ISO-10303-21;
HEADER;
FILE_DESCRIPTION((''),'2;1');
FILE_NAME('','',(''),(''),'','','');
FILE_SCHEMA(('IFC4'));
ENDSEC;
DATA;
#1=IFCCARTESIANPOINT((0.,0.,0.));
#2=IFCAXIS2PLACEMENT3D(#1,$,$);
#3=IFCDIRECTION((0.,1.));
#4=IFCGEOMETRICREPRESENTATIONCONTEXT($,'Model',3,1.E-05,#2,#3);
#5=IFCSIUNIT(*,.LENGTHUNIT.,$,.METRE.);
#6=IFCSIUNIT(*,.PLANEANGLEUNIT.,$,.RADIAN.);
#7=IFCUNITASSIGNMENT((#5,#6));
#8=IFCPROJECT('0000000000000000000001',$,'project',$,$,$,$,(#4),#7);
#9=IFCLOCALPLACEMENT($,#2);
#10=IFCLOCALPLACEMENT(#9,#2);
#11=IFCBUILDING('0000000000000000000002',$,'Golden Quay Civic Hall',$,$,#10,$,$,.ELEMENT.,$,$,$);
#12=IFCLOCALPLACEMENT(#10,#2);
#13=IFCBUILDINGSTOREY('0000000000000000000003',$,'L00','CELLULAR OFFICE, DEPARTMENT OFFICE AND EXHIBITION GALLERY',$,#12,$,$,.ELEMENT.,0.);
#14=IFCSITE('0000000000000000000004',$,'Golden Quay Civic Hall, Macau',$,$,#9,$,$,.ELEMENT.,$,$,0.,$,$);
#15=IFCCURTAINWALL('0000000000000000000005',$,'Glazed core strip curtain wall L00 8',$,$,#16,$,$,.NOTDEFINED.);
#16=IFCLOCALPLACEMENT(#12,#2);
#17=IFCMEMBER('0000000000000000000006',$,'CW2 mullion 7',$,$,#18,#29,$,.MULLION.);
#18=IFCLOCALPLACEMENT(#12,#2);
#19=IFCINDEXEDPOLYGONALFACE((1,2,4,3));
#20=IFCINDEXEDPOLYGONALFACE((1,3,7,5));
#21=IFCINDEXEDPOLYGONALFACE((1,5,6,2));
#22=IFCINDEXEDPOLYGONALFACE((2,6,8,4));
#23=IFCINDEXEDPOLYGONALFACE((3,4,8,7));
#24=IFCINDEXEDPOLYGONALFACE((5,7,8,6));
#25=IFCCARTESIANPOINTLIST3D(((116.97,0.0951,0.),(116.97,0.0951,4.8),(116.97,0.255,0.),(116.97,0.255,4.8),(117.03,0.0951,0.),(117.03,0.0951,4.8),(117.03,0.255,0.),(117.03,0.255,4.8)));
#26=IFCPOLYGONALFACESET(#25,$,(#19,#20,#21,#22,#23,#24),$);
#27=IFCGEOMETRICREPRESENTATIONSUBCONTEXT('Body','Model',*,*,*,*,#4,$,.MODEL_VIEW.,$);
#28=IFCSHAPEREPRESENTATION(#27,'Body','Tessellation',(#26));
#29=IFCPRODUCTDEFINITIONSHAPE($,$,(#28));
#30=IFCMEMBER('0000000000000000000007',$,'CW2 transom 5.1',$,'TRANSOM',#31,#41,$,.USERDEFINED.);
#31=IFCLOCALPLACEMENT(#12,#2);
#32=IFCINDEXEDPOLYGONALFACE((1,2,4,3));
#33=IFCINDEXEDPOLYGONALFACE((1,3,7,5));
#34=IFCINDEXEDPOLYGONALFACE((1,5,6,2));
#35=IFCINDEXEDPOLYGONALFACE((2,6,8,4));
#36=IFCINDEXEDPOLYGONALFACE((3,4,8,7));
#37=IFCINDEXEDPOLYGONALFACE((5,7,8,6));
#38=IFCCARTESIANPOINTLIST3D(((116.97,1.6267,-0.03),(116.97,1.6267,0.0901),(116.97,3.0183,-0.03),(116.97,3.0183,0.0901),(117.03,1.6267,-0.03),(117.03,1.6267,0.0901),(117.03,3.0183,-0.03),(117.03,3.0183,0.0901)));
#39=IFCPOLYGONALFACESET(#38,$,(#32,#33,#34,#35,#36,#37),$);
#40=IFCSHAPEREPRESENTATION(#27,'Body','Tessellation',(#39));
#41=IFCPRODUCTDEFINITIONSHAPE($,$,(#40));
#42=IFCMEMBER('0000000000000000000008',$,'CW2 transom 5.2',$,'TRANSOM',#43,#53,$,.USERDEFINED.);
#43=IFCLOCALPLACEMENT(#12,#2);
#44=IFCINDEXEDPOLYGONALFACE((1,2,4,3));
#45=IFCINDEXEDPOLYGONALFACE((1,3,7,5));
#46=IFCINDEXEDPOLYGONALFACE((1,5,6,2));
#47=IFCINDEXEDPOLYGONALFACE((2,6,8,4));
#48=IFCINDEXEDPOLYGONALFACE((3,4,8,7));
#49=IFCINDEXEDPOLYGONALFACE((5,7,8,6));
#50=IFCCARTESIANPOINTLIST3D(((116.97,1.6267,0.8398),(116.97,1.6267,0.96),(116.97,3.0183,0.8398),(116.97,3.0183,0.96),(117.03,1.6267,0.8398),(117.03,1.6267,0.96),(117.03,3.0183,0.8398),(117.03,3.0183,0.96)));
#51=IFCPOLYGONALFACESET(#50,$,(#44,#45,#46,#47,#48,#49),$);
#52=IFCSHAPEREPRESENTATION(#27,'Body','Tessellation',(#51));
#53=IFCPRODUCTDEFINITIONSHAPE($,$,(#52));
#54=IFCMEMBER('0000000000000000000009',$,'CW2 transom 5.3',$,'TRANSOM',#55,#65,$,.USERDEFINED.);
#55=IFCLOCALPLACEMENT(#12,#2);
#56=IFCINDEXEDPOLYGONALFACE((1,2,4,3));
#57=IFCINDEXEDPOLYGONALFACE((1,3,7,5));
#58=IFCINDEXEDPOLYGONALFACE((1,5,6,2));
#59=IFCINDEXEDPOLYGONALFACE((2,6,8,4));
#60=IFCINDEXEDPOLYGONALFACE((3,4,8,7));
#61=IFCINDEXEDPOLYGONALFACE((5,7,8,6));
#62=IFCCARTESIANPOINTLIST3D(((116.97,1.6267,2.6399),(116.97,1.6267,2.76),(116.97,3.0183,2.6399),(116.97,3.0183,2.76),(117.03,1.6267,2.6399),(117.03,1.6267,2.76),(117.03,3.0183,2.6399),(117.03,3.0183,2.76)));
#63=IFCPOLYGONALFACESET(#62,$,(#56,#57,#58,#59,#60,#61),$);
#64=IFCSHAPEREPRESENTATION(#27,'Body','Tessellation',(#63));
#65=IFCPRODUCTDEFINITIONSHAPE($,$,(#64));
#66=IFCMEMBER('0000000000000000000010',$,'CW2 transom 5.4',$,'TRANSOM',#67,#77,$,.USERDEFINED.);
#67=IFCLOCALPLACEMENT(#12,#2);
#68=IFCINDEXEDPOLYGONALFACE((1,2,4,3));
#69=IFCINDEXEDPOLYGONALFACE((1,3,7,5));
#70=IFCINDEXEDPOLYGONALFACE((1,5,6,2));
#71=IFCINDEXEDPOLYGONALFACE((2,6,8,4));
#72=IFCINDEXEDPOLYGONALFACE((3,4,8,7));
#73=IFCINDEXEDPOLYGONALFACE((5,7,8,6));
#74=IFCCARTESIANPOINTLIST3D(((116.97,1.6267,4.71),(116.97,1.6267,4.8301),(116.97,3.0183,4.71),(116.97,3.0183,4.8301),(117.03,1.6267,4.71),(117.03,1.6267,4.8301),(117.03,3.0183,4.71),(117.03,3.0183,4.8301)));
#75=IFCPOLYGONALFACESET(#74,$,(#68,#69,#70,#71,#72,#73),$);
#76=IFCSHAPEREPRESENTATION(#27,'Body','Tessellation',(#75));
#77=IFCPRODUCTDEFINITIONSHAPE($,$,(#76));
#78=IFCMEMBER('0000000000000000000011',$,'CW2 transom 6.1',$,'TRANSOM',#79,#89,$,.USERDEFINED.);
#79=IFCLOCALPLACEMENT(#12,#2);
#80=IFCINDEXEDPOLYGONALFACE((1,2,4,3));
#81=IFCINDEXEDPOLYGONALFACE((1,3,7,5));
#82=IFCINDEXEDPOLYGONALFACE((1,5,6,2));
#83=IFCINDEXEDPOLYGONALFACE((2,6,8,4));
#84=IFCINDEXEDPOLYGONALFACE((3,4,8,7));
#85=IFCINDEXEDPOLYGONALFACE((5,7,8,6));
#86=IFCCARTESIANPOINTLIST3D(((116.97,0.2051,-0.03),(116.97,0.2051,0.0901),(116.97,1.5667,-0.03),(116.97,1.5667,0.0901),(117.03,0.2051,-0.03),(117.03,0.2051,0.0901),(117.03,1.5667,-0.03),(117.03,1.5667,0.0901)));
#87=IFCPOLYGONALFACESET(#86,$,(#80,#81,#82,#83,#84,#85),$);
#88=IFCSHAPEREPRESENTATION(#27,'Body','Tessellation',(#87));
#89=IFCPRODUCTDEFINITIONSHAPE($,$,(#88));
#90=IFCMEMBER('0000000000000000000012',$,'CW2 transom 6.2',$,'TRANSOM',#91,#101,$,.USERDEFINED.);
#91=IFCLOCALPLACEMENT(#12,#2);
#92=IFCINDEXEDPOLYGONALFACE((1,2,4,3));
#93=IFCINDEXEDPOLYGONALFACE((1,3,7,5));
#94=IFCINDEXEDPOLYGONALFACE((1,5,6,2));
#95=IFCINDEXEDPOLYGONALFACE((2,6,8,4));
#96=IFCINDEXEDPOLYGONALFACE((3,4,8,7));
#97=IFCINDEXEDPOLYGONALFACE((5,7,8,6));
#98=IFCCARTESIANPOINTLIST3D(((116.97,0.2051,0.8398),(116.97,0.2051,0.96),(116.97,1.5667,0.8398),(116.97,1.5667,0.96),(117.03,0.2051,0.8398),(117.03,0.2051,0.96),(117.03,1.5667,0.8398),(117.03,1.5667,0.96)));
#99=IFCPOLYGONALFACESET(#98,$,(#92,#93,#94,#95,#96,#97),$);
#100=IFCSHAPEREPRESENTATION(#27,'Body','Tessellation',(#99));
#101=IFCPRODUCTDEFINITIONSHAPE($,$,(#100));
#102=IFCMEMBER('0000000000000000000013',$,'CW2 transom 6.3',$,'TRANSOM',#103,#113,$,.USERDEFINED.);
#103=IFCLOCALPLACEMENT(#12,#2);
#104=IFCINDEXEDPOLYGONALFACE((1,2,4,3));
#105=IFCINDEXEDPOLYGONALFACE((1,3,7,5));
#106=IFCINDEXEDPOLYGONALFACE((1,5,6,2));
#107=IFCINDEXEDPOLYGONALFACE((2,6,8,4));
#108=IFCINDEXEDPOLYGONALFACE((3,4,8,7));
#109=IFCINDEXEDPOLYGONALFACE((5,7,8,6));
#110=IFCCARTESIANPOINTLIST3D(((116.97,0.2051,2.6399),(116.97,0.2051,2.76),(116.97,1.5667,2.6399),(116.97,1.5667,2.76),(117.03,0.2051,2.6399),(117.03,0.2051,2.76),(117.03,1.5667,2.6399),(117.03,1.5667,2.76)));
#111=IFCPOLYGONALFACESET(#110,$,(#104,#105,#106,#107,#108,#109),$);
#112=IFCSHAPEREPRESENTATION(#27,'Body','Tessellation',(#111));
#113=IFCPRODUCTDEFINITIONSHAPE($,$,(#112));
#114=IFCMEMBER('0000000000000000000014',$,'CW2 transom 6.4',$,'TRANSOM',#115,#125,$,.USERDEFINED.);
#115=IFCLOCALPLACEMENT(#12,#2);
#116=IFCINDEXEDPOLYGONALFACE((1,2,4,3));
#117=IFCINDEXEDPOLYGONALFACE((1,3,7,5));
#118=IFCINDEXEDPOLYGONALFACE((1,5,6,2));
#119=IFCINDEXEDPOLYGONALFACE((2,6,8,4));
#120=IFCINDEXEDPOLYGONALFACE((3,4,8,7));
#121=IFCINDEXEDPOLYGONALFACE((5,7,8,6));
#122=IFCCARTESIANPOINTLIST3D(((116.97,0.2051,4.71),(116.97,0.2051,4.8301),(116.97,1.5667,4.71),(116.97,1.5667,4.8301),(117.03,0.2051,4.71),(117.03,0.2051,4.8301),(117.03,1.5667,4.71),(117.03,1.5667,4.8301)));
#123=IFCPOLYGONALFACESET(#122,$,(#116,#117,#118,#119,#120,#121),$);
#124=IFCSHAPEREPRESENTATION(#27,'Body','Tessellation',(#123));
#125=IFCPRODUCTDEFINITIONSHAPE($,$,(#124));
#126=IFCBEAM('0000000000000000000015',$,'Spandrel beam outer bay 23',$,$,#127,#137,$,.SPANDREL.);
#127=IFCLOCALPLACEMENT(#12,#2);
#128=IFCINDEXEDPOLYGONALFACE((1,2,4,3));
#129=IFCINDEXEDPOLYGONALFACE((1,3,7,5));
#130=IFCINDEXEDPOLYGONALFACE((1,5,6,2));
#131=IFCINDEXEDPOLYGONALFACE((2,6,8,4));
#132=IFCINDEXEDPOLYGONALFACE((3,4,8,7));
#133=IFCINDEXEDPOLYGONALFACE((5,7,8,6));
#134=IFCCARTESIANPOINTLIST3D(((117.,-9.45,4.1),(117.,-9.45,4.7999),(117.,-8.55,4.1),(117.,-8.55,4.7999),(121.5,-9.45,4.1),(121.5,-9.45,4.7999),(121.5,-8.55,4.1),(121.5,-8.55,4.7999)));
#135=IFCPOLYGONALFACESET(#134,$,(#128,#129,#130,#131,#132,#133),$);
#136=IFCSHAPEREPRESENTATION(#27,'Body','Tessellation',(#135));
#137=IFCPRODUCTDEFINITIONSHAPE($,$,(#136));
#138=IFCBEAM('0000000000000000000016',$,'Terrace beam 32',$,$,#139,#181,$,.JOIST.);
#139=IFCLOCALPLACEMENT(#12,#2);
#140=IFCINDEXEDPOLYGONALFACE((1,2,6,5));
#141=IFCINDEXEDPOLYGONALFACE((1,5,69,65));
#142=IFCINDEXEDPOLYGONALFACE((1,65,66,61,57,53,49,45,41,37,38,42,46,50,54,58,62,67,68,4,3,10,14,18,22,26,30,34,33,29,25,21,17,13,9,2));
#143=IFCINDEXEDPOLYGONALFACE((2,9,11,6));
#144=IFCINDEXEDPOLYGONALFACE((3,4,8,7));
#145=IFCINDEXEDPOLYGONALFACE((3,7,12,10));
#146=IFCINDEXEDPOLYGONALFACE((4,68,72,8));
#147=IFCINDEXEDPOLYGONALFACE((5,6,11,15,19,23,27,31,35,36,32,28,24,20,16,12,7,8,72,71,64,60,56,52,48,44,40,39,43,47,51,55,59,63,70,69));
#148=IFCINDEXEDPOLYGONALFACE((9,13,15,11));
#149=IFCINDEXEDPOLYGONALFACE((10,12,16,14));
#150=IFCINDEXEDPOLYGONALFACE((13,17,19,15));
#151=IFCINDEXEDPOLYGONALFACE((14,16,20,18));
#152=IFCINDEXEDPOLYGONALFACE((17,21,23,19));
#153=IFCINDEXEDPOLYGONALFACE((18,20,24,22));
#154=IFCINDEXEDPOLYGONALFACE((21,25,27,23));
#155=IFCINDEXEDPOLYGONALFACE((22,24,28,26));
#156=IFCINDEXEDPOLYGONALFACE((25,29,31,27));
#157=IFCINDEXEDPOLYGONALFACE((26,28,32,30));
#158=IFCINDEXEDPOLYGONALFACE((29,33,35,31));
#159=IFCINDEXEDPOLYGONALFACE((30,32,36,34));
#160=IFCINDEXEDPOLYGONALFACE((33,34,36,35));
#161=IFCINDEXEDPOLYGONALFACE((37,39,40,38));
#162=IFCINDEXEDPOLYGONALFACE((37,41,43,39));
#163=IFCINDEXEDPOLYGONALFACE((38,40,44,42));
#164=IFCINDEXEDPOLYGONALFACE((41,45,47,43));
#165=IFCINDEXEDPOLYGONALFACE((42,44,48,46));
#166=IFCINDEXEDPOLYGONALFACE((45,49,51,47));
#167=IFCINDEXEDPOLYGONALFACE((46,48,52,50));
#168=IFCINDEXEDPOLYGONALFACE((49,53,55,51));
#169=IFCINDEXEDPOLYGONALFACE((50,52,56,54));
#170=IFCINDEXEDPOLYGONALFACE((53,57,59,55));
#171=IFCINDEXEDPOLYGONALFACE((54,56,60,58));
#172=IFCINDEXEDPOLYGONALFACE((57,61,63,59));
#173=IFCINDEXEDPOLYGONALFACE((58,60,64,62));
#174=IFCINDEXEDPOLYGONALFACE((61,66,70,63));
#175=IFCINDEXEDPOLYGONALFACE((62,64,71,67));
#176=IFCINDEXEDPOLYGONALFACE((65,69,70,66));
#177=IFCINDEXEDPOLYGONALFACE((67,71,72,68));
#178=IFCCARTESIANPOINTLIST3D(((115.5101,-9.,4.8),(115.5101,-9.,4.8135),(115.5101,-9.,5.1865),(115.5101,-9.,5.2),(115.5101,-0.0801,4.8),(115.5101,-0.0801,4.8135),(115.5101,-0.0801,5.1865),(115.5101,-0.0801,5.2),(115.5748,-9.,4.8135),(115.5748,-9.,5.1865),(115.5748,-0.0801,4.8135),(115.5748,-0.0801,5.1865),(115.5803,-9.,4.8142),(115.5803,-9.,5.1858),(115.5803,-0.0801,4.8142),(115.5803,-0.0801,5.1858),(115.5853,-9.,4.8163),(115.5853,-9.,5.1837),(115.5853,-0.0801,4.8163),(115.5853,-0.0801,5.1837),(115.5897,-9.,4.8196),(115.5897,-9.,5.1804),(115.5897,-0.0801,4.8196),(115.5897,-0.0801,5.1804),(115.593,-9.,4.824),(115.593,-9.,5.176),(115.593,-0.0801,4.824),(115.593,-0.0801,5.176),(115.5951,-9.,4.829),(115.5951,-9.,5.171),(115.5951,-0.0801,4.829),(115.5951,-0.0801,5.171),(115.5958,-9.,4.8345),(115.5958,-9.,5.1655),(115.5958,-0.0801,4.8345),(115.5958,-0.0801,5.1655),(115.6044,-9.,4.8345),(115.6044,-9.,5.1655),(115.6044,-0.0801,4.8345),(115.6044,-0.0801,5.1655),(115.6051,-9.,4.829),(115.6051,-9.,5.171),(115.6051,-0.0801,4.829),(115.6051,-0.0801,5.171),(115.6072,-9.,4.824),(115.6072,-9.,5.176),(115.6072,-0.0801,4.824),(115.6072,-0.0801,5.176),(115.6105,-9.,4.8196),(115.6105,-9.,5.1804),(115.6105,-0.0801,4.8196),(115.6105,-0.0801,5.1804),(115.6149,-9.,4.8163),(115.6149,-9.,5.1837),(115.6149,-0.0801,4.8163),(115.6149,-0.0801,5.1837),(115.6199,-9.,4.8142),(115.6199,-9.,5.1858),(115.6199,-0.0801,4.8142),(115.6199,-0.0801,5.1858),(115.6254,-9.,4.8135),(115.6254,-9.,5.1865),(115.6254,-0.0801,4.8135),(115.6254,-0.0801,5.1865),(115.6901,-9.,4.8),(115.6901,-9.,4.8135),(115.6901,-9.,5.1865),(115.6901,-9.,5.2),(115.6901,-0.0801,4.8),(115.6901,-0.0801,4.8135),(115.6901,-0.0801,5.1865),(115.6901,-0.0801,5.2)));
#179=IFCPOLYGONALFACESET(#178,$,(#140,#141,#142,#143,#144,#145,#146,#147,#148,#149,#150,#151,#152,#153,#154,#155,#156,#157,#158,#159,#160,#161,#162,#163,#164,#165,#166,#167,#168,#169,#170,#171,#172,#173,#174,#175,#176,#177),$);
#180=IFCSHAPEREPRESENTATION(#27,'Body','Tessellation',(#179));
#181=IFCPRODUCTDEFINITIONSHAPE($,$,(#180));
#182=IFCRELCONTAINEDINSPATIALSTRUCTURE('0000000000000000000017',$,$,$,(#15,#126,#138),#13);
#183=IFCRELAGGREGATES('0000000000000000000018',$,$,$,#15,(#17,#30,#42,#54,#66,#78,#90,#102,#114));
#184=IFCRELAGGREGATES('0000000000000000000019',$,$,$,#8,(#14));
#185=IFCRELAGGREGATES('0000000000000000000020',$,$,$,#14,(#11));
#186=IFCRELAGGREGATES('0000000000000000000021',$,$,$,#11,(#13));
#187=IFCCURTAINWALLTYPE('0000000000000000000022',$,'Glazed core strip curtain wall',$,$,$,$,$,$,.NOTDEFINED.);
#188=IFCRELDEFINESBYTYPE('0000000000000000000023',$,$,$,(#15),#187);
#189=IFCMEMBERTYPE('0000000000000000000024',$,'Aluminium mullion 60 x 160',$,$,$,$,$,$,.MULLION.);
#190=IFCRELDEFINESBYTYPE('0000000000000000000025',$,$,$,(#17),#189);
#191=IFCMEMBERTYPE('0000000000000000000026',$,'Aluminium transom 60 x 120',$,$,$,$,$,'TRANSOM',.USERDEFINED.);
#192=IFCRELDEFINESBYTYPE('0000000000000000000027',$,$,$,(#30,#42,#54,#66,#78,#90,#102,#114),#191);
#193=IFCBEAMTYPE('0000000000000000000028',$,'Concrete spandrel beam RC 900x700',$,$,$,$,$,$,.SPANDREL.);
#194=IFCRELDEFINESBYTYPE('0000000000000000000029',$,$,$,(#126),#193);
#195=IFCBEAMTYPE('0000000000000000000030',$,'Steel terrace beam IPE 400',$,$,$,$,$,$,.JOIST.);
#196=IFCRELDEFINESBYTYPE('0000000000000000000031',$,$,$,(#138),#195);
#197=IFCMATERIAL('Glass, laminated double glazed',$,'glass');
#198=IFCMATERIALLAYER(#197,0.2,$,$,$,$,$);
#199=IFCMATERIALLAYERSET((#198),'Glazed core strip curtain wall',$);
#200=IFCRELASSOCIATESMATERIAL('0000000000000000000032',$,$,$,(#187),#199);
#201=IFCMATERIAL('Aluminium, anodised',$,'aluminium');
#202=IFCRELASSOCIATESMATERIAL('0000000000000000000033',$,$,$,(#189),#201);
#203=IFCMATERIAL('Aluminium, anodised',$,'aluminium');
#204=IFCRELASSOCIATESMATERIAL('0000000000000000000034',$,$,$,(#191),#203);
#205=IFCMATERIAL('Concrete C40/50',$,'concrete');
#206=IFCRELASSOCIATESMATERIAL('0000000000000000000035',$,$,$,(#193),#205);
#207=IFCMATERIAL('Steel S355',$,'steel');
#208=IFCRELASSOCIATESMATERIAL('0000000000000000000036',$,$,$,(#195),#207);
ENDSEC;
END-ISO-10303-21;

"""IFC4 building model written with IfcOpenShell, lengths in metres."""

from ifc_helpers import new_model, si_unit, direction, frame, origin, origin_2d, place, context, subcontext, project, spatial, rectangle, i_section, extrude, material, layer, layer_set, material_profile, profile_set, type_object, element, aggregate, save


model = new_model("IFC4")

# Units and contexts
model_context = context("Model", 3, precision=1e-05, world=origin(), true_north=direction((0.0, 1.0)))
body_context = subcontext(model_context, "Body", "Model", "MODEL_VIEW")
ifc_project = project(units=[si_unit("LENGTHUNIT", "METRE"), si_unit("PLANEANGLEUNIT", "RADIAN")], contexts=[model_context])

# Site, building, storey
site_placement = place(None, origin())
site = spatial("IfcSite", under=ifc_project, at=site_placement, Name="Golden Quay Civic Hall, Macau", CompositionType="ELEMENT", RefElevation=0.0)
building_placement = place(site_placement, origin())
building = spatial("IfcBuilding", under=site, at=building_placement, Name="Golden Quay Civic Hall", CompositionType="ELEMENT")
storey_placement = place(building_placement, origin())
storey = spatial("IfcBuildingStorey", under=building, at=storey_placement, Name="L00", Description="CELLULAR OFFICE, DEPARTMENT OFFICE AND EXHIBITION GALLERY", CompositionType="ELEMENT", Elevation=0.0)

# Curtain wall, members
ifc_material_1 = material(Name="Glass, laminated double glazed", Category="glass")
ifc_layer_1 = layer(ifc_material_1, 0.2)
ifc_layer_set_1 = layer_set([ifc_layer_1], Name="Glazed core strip curtain wall")
curtain_wall_type = type_object("IfcCurtainWallType", Name="Glazed core strip curtain wall", PredefinedType="NOTDEFINED", material=ifc_layer_set_1)
curtain_wall_placement = place(storey_placement, origin())
curtain_wall = element("IfcCurtainWall", 1, at=curtain_wall_placement, inside=storey, type_object=curtain_wall_type, Name="Glazed core strip curtain wall L00 8", PredefinedType="NOTDEFINED")
ifc_material_2 = material(Name="Aluminium, anodised", Category="aluminium")
ifc_material_profile_1 = material_profile(ifc_material_2, rectangle(XDim=0.0601, YDim=0.1599, at=origin_2d()), Name="Aluminium 60 x 160")
ifc_profile_set_1 = profile_set([ifc_material_profile_1], Name="Aluminium, anodised")
member_type_1 = type_object("IfcMemberType", Name="Aluminium mullion 60 x 160", PredefinedType="MULLION", material=ifc_profile_set_1)
member_1_placement = place(storey_placement, frame((117.0, 0.175, 0.0), z_axis=(0.0, 0.0, 1.0), x_axis=(1.0, 0.0, 0.0)))
member_1 = element("IfcMember", 2, at=member_1_placement, type_object=member_type_1, Name="CW2 mullion 7", PredefinedType="MULLION", context=body_context, shape_type="SweptSolid", body=[
    extrude(rectangle(XDim=0.0601, YDim=0.1599, at=origin_2d()), origin(), (0.0, 0.0, 1.0), 4.8),
])
ifc_material_3 = material(Name="Aluminium, anodised", Category="aluminium")
ifc_material_profile_2 = material_profile(ifc_material_3, rectangle(XDim=0.0601, YDim=0.1201, at=origin_2d()), Name="Aluminium 60 x 120")
ifc_profile_set_2 = profile_set([ifc_material_profile_2], Name="Aluminium, anodised")
member_type_2 = type_object("IfcMemberType", Name="Aluminium transom 60 x 120", ElementType="TRANSOM", PredefinedType="USERDEFINED", material=ifc_profile_set_2)
member_2_placement = place(storey_placement, frame((117.0, 3.0183, 0.03), z_axis=(0.0, -1.0, 0.0), x_axis=(1.0, 0.0, 0.0)))
member_2 = element("IfcMember", 3, at=member_2_placement, type_object=member_type_2, Name="CW2 transom 5.1", ObjectType="TRANSOM", PredefinedType="USERDEFINED", context=body_context, shape_type="SweptSolid", body=[
    extrude(rectangle(XDim=0.0601, YDim=0.1201, at=origin_2d()), origin(), (0.0, 0.0, 1.0), 1.3916),
])
member_3_placement = place(storey_placement, frame((117.0, 3.0183, 0.8999), z_axis=(0.0, -1.0, 0.0), x_axis=(1.0, 0.0, 0.0)))
member_3 = element("IfcMember", 4, at=member_3_placement, type_object=member_type_2, Name="CW2 transom 5.2", ObjectType="TRANSOM", PredefinedType="USERDEFINED", context=body_context, shape_type="SweptSolid", body=[
    extrude(rectangle(XDim=0.0601, YDim=0.1201, at=origin_2d()), origin(), (0.0, 0.0, 1.0), 1.3916),
])
member_4_placement = place(storey_placement, frame((117.0, 3.0183, 2.7), z_axis=(0.0, -1.0, 0.0), x_axis=(1.0, 0.0, 0.0)))
member_4 = element("IfcMember", 5, at=member_4_placement, type_object=member_type_2, Name="CW2 transom 5.3", ObjectType="TRANSOM", PredefinedType="USERDEFINED", context=body_context, shape_type="SweptSolid", body=[
    extrude(rectangle(XDim=0.0601, YDim=0.1201, at=origin_2d()), origin(), (0.0, 0.0, 1.0), 1.3916),
])
member_5_placement = place(storey_placement, frame((117.0, 3.0183, 4.77), z_axis=(0.0, -1.0, 0.0), x_axis=(1.0, 0.0, 0.0)))
member_5 = element("IfcMember", 6, at=member_5_placement, type_object=member_type_2, Name="CW2 transom 5.4", ObjectType="TRANSOM", PredefinedType="USERDEFINED", context=body_context, shape_type="SweptSolid", body=[
    extrude(rectangle(XDim=0.0601, YDim=0.1201, at=origin_2d()), origin(), (0.0, 0.0, 1.0), 1.3916),
])
member_6_placement = place(storey_placement, frame((117.0, 1.5667, 0.03), z_axis=(0.0, -1.0, 0.0), x_axis=(1.0, 0.0, 0.0)))
member_6 = element("IfcMember", 7, at=member_6_placement, type_object=member_type_2, Name="CW2 transom 6.1", ObjectType="TRANSOM", PredefinedType="USERDEFINED", context=body_context, shape_type="SweptSolid", body=[
    extrude(rectangle(XDim=0.0601, YDim=0.1201, at=origin_2d()), origin(), (0.0, 0.0, 1.0), 1.3616),
])
member_7_placement = place(storey_placement, frame((117.0, 1.5667, 0.8999), z_axis=(0.0, -1.0, 0.0), x_axis=(1.0, 0.0, 0.0)))
member_7 = element("IfcMember", 8, at=member_7_placement, type_object=member_type_2, Name="CW2 transom 6.2", ObjectType="TRANSOM", PredefinedType="USERDEFINED", context=body_context, shape_type="SweptSolid", body=[
    extrude(rectangle(XDim=0.0601, YDim=0.1201, at=origin_2d()), origin(), (0.0, 0.0, 1.0), 1.3616),
])
member_8_placement = place(storey_placement, frame((117.0, 1.5667, 2.7), z_axis=(0.0, -1.0, 0.0), x_axis=(1.0, 0.0, 0.0)))
member_8 = element("IfcMember", 9, at=member_8_placement, type_object=member_type_2, Name="CW2 transom 6.3", ObjectType="TRANSOM", PredefinedType="USERDEFINED", context=body_context, shape_type="SweptSolid", body=[
    extrude(rectangle(XDim=0.0601, YDim=0.1201, at=origin_2d()), origin(), (0.0, 0.0, 1.0), 1.3616),
])
member_9_placement = place(storey_placement, frame((117.0, 1.5667, 4.77), z_axis=(0.0, -1.0, 0.0), x_axis=(1.0, 0.0, 0.0)))
member_9 = element("IfcMember", 10, at=member_9_placement, type_object=member_type_2, Name="CW2 transom 6.4", ObjectType="TRANSOM", PredefinedType="USERDEFINED", context=body_context, shape_type="SweptSolid", body=[
    extrude(rectangle(XDim=0.0601, YDim=0.1201, at=origin_2d()), origin(), (0.0, 0.0, 1.0), 1.3616),
])

# Beams
ifc_material_4 = material(Name="Concrete C40/50", Category="concrete")
ifc_material_profile_3 = material_profile(ifc_material_4, rectangle(XDim=0.8999, YDim=0.7, at=origin_2d()), Name="RC 900x700")
ifc_profile_set_3 = profile_set([ifc_material_profile_3], Name="Concrete C40/50")
beam_type_1 = type_object("IfcBeamType", Name="Concrete spandrel beam RC 900x700", PredefinedType="SPANDREL", material=ifc_profile_set_3)
beam_1_placement = place(storey_placement, frame((117.0, -9.0, 4.45), z_axis=(1.0, 0.0, 0.0), x_axis=(0.0, 1.0, 0.0)))
element("IfcBeam", 11, at=beam_1_placement, inside=storey, type_object=beam_type_1, Name="Spandrel beam outer bay 23", PredefinedType="SPANDREL", context=body_context, shape_type="SweptSolid", body=[
    extrude(rectangle(XDim=0.8999, YDim=0.7, at=origin_2d()), origin(), (0.0, 0.0, 1.0), 4.5),
])
ifc_material_5 = material(Name="Steel S355", Category="steel")
ifc_material_profile_4 = material_profile(ifc_material_5, i_section(OverallWidth=0.1799, OverallDepth=0.3999, WebThickness=0.0085, FlangeThickness=0.0134, FilletRadius=0.021, at=origin_2d()), Name="IPE 400")
ifc_profile_set_4 = profile_set([ifc_material_profile_4], Name="Steel S355")
beam_type_2 = type_object("IfcBeamType", Name="Steel terrace beam IPE 400", PredefinedType="JOIST", material=ifc_profile_set_4)
beam_2_placement = place(storey_placement, frame((115.6001, -9.0, 5.0), z_axis=(0.0, 1.0, 0.0), x_axis=(-1.0, 0.0, 0.0)))
element("IfcBeam", 12, at=beam_2_placement, inside=storey, type_object=beam_type_2, Name="Terrace beam 32", PredefinedType="JOIST", context=body_context, shape_type="SweptSolid", body=[
    extrude(i_section(OverallWidth=0.1799, OverallDepth=0.3999, WebThickness=0.0085, FlangeThickness=0.0134, FilletRadius=0.021, at=origin_2d()), origin(), (0.0, 0.0, 1.0), 8.9199),
])

aggregate(curtain_wall, [member_1, member_2, member_3, member_4, member_5, member_6, member_7, member_8, member_9])

save(model, "model.ifc")
